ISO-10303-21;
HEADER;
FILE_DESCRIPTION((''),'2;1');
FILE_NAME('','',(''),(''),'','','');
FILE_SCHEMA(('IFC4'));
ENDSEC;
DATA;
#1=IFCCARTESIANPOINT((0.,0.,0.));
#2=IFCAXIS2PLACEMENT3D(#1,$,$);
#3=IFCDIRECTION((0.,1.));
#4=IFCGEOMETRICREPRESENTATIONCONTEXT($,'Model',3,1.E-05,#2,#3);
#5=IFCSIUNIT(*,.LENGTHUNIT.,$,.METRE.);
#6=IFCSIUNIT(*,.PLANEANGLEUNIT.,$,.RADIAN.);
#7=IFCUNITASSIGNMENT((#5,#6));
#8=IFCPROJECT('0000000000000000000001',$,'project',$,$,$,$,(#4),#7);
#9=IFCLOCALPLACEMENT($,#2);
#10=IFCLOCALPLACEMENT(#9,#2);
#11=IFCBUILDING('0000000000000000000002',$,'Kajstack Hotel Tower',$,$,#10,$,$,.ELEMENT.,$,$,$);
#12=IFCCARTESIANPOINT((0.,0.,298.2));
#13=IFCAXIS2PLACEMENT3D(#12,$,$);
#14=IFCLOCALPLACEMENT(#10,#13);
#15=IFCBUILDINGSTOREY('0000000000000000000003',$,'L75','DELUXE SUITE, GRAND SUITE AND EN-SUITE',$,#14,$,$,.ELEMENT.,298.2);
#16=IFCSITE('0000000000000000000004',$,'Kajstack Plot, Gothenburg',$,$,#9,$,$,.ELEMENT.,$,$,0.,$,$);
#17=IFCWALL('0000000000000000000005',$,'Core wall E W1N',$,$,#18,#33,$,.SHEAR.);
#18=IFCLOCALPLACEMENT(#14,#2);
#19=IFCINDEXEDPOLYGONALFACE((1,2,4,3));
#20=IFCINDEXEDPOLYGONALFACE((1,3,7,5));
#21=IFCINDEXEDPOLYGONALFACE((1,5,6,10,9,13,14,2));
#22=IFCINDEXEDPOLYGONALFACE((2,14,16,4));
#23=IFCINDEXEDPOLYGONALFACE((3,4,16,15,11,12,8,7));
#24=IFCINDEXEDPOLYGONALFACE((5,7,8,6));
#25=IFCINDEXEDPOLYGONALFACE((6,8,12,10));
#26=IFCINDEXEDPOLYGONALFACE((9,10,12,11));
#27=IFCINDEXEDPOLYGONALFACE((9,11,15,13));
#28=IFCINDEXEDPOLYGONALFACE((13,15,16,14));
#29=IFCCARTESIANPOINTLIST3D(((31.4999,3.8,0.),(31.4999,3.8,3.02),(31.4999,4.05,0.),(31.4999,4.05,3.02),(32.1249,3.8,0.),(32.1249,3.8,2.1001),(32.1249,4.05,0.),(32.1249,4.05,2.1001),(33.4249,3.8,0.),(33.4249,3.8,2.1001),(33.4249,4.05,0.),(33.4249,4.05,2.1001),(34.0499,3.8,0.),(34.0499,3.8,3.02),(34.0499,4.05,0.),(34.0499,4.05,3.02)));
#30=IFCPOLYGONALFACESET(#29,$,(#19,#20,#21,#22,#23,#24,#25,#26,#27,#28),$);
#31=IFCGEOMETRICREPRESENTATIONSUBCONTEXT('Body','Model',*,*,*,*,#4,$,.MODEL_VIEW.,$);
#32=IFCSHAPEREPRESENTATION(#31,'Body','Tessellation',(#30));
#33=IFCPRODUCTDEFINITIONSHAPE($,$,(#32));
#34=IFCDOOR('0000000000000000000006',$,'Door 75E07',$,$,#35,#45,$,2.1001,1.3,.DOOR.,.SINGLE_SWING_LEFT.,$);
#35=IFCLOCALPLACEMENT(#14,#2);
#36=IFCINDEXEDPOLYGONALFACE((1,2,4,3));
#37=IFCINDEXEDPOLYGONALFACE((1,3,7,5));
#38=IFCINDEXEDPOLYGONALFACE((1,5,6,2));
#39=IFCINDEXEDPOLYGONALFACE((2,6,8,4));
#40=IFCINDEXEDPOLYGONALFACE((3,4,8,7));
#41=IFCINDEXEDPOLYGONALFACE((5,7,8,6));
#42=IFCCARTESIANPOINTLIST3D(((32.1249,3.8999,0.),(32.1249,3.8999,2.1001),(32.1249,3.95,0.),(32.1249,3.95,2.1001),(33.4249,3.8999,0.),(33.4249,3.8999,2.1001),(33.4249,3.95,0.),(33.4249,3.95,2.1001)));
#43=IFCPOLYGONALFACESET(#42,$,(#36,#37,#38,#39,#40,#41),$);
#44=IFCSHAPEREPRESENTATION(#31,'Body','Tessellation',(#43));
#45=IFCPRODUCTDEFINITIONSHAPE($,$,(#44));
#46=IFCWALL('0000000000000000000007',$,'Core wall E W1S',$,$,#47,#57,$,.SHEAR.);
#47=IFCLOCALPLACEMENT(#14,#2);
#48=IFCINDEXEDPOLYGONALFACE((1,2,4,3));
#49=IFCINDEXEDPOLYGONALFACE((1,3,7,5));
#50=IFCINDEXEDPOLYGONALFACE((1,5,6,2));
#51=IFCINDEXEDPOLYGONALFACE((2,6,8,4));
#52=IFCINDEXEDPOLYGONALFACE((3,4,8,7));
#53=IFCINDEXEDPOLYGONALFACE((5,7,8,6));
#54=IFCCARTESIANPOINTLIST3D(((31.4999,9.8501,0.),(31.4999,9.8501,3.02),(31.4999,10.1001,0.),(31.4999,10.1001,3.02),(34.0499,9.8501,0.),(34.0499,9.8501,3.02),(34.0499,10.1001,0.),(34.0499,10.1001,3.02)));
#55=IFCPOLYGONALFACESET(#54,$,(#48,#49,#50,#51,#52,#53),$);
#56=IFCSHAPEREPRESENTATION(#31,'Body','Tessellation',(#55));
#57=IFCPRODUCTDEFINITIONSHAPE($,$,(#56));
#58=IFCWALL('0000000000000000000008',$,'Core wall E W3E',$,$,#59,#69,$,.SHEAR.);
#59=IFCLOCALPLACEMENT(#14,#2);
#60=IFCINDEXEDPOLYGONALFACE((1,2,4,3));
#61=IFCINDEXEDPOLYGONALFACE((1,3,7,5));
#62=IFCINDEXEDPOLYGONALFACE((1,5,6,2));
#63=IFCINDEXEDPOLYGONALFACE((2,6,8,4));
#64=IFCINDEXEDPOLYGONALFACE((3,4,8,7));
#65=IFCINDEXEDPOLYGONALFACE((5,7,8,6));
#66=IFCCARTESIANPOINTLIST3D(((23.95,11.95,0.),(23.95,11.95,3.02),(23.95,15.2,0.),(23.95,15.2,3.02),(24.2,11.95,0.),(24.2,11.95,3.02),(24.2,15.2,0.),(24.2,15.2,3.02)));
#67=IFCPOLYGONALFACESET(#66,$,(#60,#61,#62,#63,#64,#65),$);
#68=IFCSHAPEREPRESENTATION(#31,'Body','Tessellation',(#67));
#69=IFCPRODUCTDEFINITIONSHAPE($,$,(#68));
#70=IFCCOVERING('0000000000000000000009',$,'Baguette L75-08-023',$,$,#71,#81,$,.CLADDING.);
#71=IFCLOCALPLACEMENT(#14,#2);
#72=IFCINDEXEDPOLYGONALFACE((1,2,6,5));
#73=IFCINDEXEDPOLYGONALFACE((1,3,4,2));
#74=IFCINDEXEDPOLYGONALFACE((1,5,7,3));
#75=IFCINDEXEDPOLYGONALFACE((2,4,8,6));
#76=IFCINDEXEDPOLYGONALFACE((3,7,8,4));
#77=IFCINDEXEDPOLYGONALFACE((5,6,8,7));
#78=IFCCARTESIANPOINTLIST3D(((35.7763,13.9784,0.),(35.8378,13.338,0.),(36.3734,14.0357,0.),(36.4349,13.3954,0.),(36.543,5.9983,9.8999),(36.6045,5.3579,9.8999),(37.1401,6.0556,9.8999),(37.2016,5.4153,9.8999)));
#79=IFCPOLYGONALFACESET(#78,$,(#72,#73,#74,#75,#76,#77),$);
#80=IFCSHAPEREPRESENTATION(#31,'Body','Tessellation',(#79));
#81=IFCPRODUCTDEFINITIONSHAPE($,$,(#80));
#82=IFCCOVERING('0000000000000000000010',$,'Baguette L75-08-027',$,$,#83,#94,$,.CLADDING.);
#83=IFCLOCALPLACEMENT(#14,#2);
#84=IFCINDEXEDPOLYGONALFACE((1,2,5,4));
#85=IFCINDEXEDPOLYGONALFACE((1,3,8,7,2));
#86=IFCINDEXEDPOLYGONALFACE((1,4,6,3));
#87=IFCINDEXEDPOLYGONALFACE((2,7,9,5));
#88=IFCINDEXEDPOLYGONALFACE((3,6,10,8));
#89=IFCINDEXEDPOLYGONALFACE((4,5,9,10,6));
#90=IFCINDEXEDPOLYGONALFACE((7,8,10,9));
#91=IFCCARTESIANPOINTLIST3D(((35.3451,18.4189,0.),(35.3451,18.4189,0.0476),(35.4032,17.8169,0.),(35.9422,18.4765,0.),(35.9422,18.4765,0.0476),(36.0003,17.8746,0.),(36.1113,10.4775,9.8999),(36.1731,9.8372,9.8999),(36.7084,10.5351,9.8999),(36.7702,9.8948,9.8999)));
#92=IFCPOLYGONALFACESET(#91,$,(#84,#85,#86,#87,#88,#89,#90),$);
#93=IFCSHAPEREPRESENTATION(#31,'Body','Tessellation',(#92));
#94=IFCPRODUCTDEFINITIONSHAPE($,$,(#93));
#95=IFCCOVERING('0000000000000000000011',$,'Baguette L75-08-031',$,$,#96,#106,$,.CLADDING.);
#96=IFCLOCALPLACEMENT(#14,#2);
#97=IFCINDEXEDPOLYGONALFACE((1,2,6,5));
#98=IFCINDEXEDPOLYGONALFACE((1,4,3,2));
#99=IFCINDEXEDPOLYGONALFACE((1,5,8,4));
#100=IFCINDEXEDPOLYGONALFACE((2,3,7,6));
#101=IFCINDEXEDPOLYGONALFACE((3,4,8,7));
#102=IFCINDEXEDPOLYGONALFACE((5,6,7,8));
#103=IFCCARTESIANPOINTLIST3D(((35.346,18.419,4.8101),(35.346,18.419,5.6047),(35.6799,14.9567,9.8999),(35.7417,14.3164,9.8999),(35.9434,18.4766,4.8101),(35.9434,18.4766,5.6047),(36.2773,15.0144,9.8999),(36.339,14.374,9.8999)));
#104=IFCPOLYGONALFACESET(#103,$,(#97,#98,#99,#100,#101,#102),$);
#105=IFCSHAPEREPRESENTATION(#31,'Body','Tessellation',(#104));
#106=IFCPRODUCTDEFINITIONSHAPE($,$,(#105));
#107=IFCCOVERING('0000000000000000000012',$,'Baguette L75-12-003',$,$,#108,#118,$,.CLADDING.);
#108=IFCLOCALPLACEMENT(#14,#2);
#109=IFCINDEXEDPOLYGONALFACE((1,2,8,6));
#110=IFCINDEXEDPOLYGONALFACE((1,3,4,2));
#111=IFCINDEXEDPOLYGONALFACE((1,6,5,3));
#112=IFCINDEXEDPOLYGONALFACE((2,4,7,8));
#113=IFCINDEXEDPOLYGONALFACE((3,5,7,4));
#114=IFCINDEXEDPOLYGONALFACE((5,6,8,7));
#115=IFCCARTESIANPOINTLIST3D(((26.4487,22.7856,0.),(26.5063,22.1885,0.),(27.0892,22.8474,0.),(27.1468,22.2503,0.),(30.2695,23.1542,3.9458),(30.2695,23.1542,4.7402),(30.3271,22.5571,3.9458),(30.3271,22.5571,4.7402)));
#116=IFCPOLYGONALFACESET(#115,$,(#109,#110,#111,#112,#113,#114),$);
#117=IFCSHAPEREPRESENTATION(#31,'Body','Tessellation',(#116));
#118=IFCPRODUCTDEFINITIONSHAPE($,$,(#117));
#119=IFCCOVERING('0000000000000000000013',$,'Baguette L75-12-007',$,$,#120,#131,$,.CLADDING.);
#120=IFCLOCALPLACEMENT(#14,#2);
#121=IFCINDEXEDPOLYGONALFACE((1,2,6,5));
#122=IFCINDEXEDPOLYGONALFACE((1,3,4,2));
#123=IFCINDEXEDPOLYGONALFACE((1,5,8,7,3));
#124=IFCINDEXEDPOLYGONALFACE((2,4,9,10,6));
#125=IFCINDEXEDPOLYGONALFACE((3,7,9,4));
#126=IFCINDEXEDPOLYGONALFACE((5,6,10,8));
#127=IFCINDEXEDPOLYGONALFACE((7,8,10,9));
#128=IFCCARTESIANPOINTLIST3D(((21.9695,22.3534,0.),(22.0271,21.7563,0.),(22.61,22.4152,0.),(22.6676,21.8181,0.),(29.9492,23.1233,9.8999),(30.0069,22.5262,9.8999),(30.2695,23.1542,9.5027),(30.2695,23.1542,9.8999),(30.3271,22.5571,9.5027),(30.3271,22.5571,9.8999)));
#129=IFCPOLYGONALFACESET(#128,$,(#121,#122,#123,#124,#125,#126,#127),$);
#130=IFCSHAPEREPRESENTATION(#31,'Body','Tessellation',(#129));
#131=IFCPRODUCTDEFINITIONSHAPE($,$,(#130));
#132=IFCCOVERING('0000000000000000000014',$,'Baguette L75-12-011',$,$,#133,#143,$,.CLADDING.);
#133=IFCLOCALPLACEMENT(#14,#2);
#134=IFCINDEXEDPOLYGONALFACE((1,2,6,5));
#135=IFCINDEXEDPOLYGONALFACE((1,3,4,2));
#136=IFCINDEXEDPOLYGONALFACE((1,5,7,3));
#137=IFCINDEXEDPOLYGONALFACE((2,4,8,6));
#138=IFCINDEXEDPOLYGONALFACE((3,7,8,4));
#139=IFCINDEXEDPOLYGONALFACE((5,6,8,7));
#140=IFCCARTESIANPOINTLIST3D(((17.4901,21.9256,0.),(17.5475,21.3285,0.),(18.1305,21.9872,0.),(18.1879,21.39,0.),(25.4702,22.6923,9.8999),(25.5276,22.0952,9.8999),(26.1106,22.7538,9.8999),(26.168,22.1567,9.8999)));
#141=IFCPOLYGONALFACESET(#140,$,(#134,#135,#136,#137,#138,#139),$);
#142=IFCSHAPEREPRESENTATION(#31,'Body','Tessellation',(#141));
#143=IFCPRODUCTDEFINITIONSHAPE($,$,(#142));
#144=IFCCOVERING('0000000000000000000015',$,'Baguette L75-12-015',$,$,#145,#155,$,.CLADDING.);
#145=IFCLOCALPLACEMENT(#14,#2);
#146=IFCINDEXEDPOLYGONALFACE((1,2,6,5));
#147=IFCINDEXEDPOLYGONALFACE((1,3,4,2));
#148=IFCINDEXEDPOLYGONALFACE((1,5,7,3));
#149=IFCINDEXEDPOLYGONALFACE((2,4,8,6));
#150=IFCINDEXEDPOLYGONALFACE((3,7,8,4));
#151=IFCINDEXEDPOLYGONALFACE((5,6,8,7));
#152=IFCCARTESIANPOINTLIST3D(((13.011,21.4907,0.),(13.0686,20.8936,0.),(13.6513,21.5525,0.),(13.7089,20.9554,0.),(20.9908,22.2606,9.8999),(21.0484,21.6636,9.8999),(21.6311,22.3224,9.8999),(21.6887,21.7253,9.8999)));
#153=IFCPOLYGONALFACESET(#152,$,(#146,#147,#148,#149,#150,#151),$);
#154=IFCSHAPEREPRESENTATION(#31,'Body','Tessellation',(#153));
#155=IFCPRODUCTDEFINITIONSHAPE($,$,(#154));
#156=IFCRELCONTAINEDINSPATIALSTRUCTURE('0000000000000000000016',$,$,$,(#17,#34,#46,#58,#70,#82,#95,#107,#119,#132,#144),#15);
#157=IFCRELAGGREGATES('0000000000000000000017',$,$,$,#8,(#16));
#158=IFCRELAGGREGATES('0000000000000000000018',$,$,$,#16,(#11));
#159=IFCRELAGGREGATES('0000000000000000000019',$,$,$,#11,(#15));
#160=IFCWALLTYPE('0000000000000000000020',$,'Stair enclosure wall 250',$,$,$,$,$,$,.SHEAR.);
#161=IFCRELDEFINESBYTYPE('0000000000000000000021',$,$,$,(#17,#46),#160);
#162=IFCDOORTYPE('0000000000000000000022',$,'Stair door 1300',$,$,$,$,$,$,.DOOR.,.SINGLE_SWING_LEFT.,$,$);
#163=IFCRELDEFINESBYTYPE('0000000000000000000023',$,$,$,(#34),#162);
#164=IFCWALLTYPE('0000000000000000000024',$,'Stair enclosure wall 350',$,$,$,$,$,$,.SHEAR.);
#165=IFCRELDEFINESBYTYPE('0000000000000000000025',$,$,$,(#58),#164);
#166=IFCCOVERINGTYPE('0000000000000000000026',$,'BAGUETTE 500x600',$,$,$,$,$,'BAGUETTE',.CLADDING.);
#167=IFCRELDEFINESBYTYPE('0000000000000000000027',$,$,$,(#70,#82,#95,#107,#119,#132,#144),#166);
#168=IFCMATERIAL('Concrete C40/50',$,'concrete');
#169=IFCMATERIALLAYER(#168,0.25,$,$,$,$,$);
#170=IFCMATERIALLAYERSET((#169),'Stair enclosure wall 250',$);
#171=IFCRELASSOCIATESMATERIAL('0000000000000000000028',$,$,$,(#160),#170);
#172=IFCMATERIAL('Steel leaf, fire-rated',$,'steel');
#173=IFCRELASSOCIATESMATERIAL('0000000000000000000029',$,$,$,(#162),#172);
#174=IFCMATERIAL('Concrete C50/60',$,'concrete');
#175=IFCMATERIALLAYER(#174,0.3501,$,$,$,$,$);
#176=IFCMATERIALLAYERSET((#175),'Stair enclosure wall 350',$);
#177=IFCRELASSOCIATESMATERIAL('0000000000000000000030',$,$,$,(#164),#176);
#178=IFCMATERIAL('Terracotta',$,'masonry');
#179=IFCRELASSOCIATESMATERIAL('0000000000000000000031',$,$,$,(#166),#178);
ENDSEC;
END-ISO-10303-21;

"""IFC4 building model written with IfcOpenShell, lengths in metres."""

from ifc_helpers import new_model, si_unit, direction, frame, frame_2d, origin, origin_2d, place, context, subcontext, project, spatial, polyline, rectangle, outline, extrude, material, layer, layer_set, material_profile, profile_set, type_object, element, fill, save


model = new_model("IFC4")

# Units and contexts
model_context = context("Model", 3, precision=1e-05, world=origin(), true_north=direction((0.0, 1.0)))
body_context = subcontext(model_context, "Body", "Model", "MODEL_VIEW")
ifc_project = project(units=[si_unit("LENGTHUNIT", "METRE"), si_unit("PLANEANGLEUNIT", "RADIAN")], contexts=[model_context])

# Site, building, storey
site_placement = place(None, origin())
site = spatial("IfcSite", under=ifc_project, at=site_placement, Name="Kajstack Plot, Gothenburg", CompositionType="ELEMENT", RefElevation=0.0)
building_placement = place(site_placement, origin())
building = spatial("IfcBuilding", under=site, at=building_placement, Name="Kajstack Hotel Tower", CompositionType="ELEMENT")
storey_placement = place(building_placement, frame((0.0, 0.0, 298.2)))
storey = spatial("IfcBuildingStorey", under=building, at=storey_placement, Name="L75", Description="DELUXE SUITE, GRAND SUITE AND EN-SUITE", CompositionType="ELEMENT", Elevation=298.2)

# Shared definitions
ifc_material_1 = material(Name="Concrete C40/50", Category="concrete")
ifc_material_2 = material(Name="Concrete C50/60", Category="concrete")

# Wall, opening, door
ifc_layer_1 = layer(ifc_material_1, 0.25)
ifc_layer_set_1 = layer_set([ifc_layer_1], Name="Stair enclosure wall 250")
wall_type_1 = type_object("IfcWallType", Name="Stair enclosure wall 250", PredefinedType="SHEAR", material=ifc_layer_set_1)
wall_1_placement = place(storey_placement, frame((31.5, 3.925, 0.0), z_axis=(0.0, 0.0, 1.0), x_axis=(1.0, 0.0, 0.0)))
wall_1 = element("IfcWall", 1, at=wall_1_placement, inside=storey, type_object=wall_type_1, Name="Core wall E W1N", PredefinedType="SHEAR", context=body_context, shape_type="SweptSolid", body=[
    extrude(rectangle(XDim=2.55, YDim=0.25, at=frame_2d((1.2749, 0.0))), origin(), (0.0, 0.0, 1.0), 3.02),
])
opening_1_placement = place(wall_1_placement, frame((0.625, 0.0, 0.0)))
opening_1 = element("IfcOpeningElement", 2, at=opening_1_placement, cuts=wall_1, PredefinedType="OPENING", context=body_context, shape_type="SweptSolid", body=[
    extrude(rectangle(XDim=1.3, YDim=2.1001, at=frame_2d((0.6499, 1.05))), frame((0.0, 0.135, 0.0), z_axis=(0.0, -1.0, 0.0), x_axis=(1.0, 0.0, 0.0)), (0.0, 0.0, 1.0), 0.27),
])
ifc_material_3 = material(Name="Steel leaf, fire-rated", Category="steel")
door_type_1 = type_object("IfcDoorType", Name="Stair door 1300", OperationType="SINGLE_SWING_LEFT", PredefinedType="DOOR", material=ifc_material_3)
door_1_placement = place(opening_1_placement, origin())
door_1 = element("IfcDoor", 3, at=door_1_placement, inside=storey, type_object=door_type_1, Name="Door 75E07", OperationType="SINGLE_SWING_LEFT", OverallHeight=2.1001, OverallWidth=1.3, PredefinedType="DOOR", context=body_context, shape_type="SweptSolid", body=[
    extrude(rectangle(XDim=1.3, YDim=2.1001, at=frame_2d((0.6499, 1.05))), frame((0.0, 0.0249, 0.0), z_axis=(0.0, -1.0, 0.0), x_axis=(1.0, 0.0, 0.0)), (0.0, 0.0, 1.0), 0.05),
])
fill(opening_1, door_1)

# Walls
wall_2_placement = place(storey_placement, frame((31.5, 9.9751, 0.0), z_axis=(0.0, 0.0, 1.0), x_axis=(1.0, 0.0, 0.0)))
element("IfcWall", 4, at=wall_2_placement, inside=storey, type_object=wall_type_1, Name="Core wall E W1S", PredefinedType="SHEAR", context=body_context, shape_type="SweptSolid", body=[
    extrude(rectangle(XDim=2.55, YDim=0.25, at=frame_2d((1.2749, 0.0))), origin(), (0.0, 0.0, 1.0), 3.02),
])
ifc_layer_2 = layer(ifc_material_2, 0.3501)
ifc_layer_set_2 = layer_set([ifc_layer_2], Name="Stair enclosure wall 350")
wall_type_2 = type_object("IfcWallType", Name="Stair enclosure wall 350", PredefinedType="SHEAR", material=ifc_layer_set_2)
wall_3_placement = place(storey_placement, frame((24.075, 11.95, 0.0), z_axis=(0.0, 0.0, 1.0), x_axis=(0.0, 1.0, 0.0)))
element("IfcWall", 5, at=wall_3_placement, inside=storey, type_object=wall_type_2, Name="Core wall E W3E", PredefinedType="SHEAR", context=body_context, shape_type="SweptSolid", body=[
    extrude(rectangle(XDim=3.25, YDim=0.25, at=frame_2d((1.625, 0.0))), origin(), (0.0, 0.0, 1.0), 3.02),
])

# Coverings
ifc_material_4 = material(Name="Terracotta", Category="masonry")
ifc_material_profile = material_profile(ifc_material_4, rectangle(XDim=0.6001, YDim=0.5, at=origin_2d()), Name="Terracotta-clad concrete baguette 500 x 600")
ifc_profile_set = profile_set([ifc_material_profile], Name="Terracotta")
covering_type = type_object("IfcCoveringType", Name="BAGUETTE 500x600", ElementType="BAGUETTE", PredefinedType="CLADDING", material=ifc_profile_set)
covering_1_placement = place(storey_placement, frame((36.6045, 5.3579, 0.0), z_axis=(0.995416, 0.095635, 0.0), x_axis=(-0.095635, 0.995416, 0.0)))
element("IfcCovering", 6, at=covering_1_placement, inside=storey, type_object=covering_type, Name="Baguette L75-08-023", PredefinedType="CLADDING", context=body_context, shape_type="SweptSolid", body=[
    extrude(outline(polyline([(0.0, 9.8999), (8.0168, 0.0), (8.6602, 0.0), (0.6433, 9.8999), (0.0, 9.8999)])), origin(), (0.0, 0.0, 1.0), 0.5999),
])
covering_2_placement = place(storey_placement, frame((36.1731, 9.8372, 0.0), z_axis=(0.995378, 0.096038, 0.0), x_axis=(-0.096038, 0.995378, 0.0)))
element("IfcCovering", 7, at=covering_2_placement, inside=storey, type_object=covering_type, Name="Baguette L75-08-027", PredefinedType="CLADDING", context=body_context, shape_type="SweptSolid", body=[
    extrude(outline(polyline([(8.0168, 0.0), (8.6216, 0.0), (8.6216, 0.0476), (0.6433, 9.8999), (0.0, 9.8999), (8.0168, 0.0)])), origin(), (0.0, 0.0, 1.0), 0.5999),
])
covering_3_placement = place(storey_placement, frame((35.7417, 14.3164, 0.0), z_axis=(0.995381, 0.095999, 0.0), x_axis=(-0.095999, 0.995381, 0.0)))
element("IfcCovering", 8, at=covering_3_placement, inside=storey, type_object=covering_type, Name="Baguette L75-08-031", PredefinedType="CLADDING", context=body_context, shape_type="SweptSolid", body=[
    extrude(outline(polyline([(0.0, 9.8999), (4.1216, 4.8101), (4.1216, 5.6047), (0.6433, 9.8999), (0.0, 9.8999)])), origin(), (0.0, 0.0, 1.0), 0.6001),
])
covering_4_placement = place(storey_placement, frame((30.3271, 22.5571, 0.0), z_axis=(-0.096038, 0.995378, 0.0), x_axis=(-0.995378, -0.096038, 0.0)))
element("IfcCovering", 9, at=covering_4_placement, inside=storey, type_object=covering_type, Name="Baguette L75-12-003", PredefinedType="CLADDING", context=body_context, shape_type="SweptSolid", body=[
    extrude(outline(polyline([(3.8386, 0.0), (0.0, 4.7402), (0.0, 3.9458), (3.1951, 0.0), (3.8386, 0.0)])), origin(), (0.0, 0.0, 1.0), 0.5999),
])
covering_5_placement = place(storey_placement, frame((30.3271, 22.5571, 0.0), z_axis=(-0.096038, 0.995378, 0.0), x_axis=(-0.995378, -0.096038, 0.0)))
element("IfcCovering", 10, at=covering_5_placement, inside=storey, type_object=covering_type, Name="Baguette L75-12-007", PredefinedType="CLADDING", context=body_context, shape_type="SweptSolid", body=[
    extrude(outline(polyline([(0.3218, 9.8999), (0.0, 9.8999), (0.0, 9.5027), (7.6951, 0.0), (8.3386, 0.0), (0.3218, 9.8999)])), origin(), (0.0, 0.0, 1.0), 0.5999),
])
for number, where, z_axis, x_axis, name in (
    (11, (26.168, 22.1567, 0.0), (-0.095635, 0.995416, 0.0), (-0.995416, -0.095635, 0.0), "Baguette L75-12-011"),
    (12, (21.6887, 21.7253, 0.0), (-0.096038, 0.995378, 0.0), (-0.995378, -0.096038, 0.0), "Baguette L75-12-015"),
):
    element("IfcCovering", number, at=place(storey_placement, frame(where, z_axis=z_axis, x_axis=x_axis)), inside=storey, type_object=covering_type, Name=name, PredefinedType="CLADDING", context=body_context, shape_type="SweptSolid", body=[
        extrude(outline(polyline([(0.0, 9.8999), (8.0168, 0.0), (8.6602, 0.0), (0.6433, 9.8999), (0.0, 9.8999)])), origin(), (0.0, 0.0, 1.0), 0.5999),
    ])

save(model, "model.ifc")
